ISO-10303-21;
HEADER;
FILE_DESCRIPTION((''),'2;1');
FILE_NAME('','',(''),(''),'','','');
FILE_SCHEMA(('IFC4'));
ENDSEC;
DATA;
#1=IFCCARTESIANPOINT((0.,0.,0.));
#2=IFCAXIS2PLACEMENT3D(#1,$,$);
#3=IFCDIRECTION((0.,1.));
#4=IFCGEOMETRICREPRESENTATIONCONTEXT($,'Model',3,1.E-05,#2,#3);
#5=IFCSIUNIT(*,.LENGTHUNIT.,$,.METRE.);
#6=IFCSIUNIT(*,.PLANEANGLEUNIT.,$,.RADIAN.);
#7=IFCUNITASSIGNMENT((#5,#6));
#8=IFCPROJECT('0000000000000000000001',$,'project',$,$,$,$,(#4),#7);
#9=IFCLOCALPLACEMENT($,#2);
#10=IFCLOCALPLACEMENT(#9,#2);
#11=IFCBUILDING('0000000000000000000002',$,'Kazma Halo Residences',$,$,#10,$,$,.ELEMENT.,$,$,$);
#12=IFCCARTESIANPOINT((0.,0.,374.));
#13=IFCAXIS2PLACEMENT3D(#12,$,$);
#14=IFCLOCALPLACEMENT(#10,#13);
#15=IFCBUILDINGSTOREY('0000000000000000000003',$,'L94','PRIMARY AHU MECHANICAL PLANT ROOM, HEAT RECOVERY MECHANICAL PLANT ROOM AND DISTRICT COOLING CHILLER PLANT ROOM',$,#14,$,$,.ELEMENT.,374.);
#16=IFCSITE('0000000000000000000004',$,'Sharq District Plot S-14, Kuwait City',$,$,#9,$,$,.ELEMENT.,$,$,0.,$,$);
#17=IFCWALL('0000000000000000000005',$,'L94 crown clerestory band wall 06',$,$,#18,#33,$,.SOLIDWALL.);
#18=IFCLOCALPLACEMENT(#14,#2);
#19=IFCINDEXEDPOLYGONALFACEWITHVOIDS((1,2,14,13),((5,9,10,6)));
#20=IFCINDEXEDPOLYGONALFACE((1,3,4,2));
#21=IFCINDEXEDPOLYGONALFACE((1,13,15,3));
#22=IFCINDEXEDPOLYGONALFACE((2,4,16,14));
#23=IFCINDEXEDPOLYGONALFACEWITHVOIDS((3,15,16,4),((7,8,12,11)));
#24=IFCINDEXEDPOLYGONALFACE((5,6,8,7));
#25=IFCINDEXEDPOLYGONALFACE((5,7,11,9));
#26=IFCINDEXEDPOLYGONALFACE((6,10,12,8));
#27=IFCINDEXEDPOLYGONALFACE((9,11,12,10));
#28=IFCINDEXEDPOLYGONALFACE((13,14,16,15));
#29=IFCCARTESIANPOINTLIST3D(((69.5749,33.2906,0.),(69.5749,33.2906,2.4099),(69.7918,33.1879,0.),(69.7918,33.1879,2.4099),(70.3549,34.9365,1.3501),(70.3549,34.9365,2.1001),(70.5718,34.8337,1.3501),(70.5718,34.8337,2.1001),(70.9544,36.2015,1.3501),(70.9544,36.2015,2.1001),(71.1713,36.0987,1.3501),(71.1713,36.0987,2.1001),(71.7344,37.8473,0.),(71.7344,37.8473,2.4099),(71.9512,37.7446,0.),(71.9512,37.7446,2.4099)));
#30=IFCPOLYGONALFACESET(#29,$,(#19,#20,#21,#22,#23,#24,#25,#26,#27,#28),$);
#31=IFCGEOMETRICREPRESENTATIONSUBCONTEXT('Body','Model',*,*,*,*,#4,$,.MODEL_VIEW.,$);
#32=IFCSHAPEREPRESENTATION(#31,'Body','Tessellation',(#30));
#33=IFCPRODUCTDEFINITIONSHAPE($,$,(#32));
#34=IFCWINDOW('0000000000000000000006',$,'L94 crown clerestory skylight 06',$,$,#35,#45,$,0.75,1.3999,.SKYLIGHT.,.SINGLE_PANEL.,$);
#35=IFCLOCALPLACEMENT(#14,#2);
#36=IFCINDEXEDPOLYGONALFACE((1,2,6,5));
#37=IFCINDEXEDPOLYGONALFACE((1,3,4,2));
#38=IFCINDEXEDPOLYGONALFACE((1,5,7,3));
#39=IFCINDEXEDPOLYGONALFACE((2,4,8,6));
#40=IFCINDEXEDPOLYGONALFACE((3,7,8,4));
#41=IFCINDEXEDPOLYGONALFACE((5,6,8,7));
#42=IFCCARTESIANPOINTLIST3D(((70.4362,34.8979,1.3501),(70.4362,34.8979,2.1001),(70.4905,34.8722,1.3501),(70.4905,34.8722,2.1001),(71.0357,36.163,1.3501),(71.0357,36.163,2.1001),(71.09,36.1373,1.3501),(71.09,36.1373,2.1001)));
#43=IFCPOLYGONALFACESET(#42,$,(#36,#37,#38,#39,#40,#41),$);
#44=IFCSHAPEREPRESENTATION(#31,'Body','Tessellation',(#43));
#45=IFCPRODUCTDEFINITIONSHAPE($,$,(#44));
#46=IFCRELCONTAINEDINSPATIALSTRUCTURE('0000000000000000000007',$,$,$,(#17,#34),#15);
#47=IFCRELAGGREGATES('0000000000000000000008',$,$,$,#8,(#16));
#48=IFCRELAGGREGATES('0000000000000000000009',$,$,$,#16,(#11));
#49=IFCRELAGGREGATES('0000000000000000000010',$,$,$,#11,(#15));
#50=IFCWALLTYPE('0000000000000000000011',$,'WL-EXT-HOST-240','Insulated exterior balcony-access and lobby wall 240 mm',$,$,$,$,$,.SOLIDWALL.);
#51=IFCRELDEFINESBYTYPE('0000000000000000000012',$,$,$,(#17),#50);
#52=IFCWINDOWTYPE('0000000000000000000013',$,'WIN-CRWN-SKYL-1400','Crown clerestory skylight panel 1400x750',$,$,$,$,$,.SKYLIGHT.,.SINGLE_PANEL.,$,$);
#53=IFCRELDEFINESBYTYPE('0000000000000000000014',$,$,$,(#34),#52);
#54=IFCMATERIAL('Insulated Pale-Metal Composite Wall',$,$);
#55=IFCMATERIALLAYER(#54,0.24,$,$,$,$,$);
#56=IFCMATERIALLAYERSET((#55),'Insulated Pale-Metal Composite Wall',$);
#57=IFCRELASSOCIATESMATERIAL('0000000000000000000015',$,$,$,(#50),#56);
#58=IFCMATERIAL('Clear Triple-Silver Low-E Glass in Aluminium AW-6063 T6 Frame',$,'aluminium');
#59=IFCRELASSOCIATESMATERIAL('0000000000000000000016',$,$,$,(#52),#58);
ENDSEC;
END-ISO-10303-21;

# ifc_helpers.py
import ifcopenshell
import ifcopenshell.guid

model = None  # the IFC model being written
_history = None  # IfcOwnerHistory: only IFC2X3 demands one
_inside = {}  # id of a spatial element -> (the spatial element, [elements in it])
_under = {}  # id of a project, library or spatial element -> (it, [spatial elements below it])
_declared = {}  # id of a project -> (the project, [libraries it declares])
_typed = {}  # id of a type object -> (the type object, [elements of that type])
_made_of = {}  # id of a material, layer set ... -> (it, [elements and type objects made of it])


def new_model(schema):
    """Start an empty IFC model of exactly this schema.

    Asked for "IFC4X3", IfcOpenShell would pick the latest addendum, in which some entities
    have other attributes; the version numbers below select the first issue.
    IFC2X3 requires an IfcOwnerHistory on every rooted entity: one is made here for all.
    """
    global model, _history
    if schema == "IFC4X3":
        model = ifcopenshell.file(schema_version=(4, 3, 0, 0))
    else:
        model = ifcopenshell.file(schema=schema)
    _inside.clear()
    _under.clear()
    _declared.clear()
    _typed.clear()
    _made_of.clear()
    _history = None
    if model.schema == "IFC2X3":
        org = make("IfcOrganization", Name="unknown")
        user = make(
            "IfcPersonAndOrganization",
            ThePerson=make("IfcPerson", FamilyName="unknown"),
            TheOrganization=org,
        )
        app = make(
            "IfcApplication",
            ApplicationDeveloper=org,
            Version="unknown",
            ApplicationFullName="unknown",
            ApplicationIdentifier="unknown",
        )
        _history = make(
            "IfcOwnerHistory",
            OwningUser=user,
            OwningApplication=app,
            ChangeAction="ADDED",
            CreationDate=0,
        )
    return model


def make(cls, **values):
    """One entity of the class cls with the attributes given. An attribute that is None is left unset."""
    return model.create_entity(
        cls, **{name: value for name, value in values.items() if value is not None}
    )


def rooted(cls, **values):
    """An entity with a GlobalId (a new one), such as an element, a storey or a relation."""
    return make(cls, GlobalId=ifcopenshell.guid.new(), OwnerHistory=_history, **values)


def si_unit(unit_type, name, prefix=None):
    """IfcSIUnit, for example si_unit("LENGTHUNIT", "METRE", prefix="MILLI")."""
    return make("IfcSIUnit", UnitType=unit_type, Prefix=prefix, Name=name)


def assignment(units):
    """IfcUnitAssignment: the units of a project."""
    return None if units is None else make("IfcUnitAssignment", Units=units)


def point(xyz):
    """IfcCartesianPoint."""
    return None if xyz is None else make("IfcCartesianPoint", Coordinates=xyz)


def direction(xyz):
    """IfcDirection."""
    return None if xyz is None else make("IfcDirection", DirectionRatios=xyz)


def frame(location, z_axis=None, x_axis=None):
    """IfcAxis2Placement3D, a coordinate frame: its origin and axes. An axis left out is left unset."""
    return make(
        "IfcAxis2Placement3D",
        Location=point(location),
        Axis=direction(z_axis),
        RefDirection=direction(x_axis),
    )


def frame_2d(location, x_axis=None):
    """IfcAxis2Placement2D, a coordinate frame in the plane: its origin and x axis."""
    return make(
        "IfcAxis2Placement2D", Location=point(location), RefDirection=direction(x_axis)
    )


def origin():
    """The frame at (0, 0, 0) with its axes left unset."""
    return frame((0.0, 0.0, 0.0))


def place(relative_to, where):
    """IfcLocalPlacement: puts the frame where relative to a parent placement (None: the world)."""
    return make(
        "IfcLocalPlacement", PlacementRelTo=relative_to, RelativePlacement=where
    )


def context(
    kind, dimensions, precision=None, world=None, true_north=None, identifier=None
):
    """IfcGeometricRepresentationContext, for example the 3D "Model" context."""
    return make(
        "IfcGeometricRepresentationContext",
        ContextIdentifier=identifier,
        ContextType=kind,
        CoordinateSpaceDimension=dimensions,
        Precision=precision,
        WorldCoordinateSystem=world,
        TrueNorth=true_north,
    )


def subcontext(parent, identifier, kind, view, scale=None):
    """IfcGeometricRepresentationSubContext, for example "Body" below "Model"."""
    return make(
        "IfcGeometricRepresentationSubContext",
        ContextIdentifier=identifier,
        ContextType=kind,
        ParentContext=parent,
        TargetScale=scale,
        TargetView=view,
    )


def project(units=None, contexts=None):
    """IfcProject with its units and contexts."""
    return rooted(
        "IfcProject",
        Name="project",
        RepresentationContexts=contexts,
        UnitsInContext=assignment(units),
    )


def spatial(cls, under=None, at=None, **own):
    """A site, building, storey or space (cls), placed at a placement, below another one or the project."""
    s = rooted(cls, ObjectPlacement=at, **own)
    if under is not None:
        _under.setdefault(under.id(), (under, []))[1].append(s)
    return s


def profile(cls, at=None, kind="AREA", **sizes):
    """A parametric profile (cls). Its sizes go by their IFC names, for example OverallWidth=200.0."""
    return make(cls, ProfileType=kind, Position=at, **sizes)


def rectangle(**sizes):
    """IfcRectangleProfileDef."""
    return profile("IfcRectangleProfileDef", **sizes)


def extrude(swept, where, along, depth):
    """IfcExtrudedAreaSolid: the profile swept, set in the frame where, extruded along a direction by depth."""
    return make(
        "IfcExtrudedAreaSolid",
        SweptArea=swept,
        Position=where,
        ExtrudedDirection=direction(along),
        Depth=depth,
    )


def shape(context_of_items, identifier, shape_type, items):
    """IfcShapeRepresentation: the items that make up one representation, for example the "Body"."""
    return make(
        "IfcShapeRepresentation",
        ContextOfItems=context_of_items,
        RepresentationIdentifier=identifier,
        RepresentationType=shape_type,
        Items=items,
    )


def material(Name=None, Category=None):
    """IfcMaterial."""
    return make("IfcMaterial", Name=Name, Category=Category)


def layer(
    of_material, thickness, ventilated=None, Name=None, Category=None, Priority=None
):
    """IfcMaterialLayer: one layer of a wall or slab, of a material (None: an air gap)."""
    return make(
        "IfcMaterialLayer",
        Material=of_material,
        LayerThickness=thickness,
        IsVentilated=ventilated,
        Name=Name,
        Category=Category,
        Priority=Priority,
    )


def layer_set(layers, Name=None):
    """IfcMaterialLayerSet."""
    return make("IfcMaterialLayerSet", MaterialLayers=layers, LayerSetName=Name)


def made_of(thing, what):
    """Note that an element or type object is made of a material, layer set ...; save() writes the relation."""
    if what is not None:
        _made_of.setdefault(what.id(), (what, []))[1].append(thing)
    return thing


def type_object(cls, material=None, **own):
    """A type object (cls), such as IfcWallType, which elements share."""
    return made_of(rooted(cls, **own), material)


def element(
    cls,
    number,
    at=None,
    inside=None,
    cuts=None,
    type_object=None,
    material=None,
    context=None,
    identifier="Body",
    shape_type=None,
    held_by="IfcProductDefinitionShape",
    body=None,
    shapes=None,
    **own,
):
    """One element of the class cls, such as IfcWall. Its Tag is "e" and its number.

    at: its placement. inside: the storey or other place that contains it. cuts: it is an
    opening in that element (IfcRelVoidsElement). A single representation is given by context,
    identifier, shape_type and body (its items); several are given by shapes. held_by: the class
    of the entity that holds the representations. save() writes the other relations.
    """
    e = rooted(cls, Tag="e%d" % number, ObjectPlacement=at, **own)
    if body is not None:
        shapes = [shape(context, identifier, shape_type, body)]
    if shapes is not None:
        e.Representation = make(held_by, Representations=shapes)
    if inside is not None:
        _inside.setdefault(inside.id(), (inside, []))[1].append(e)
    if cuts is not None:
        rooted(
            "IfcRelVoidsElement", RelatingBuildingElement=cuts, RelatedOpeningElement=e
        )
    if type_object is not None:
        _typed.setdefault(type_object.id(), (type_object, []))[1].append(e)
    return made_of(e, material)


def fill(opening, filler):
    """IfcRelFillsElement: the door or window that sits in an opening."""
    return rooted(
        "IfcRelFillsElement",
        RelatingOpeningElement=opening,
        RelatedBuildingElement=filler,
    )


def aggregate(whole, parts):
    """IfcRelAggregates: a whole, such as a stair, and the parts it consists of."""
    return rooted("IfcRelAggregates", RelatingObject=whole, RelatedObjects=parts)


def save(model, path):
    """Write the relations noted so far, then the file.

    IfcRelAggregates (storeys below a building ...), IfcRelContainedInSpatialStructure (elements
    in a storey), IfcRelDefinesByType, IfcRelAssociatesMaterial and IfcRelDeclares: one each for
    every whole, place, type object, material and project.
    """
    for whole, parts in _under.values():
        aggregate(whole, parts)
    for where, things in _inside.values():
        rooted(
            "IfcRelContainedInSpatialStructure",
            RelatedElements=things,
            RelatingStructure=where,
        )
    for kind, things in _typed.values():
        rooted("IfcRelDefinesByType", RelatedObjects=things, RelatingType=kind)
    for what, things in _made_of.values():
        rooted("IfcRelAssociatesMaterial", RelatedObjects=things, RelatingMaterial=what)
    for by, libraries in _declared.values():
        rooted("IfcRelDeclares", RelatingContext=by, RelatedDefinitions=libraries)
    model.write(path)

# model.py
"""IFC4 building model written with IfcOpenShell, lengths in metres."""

from ifc_helpers import new_model, si_unit, direction, frame, frame_2d, origin, place, context, subcontext, project, spatial, rectangle, extrude, material, layer, layer_set, type_object, element, fill, save


model = new_model("IFC4")

# Units and contexts
model_context = context("Model", 3, precision=1e-05, world=origin(), true_north=direction((0.0, 1.0)))
body_context = subcontext(model_context, "Body", "Model", "MODEL_VIEW")
ifc_project = project(units=[si_unit("LENGTHUNIT", "METRE"), si_unit("PLANEANGLEUNIT", "RADIAN")], contexts=[model_context])

# Site, building, storey
site_placement = place(None, origin())
site = spatial("IfcSite", under=ifc_project, at=site_placement, Name="Sharq District Plot S-14, Kuwait City", CompositionType="ELEMENT", RefElevation=0.0)
building_placement = place(site_placement, origin())
building = spatial("IfcBuilding", under=site, at=building_placement, Name="Kazma Halo Residences", CompositionType="ELEMENT")
storey_placement = place(building_placement, frame((0.0, 0.0, 374.0)))
storey = spatial("IfcBuildingStorey", under=building, at=storey_placement, Name="L94", Description="PRIMARY AHU MECHANICAL PLANT ROOM, HEAT RECOVERY MECHANICAL PLANT ROOM AND DISTRICT COOLING CHILLER PLANT ROOM", CompositionType="ELEMENT", Elevation=374.0)

# Wall, opening, window
ifc_material_1 = material(Name="Insulated Pale-Metal Composite Wall")
ifc_layer_1 = layer(ifc_material_1, 0.24)
ifc_layer_set_1 = layer_set([ifc_layer_1], Name="Insulated Pale-Metal Composite Wall")
wall_type_1 = type_object("IfcWallType", Name="WL-EXT-HOST-240", Description="Insulated exterior balcony-access and lobby wall 240 mm", PredefinedType="SOLIDWALL", material=ifc_layer_set_1)
wall_1_placement = place(storey_placement, frame((69.6833, 33.2393, 0.0), z_axis=(0.0, 0.0, 1.0), x_axis=(0.428251, 0.90366, 0.0)))
wall_1 = element("IfcWall", 1, at=wall_1_placement, inside=storey, type_object=wall_type_1, Name="L94 crown clerestory band wall 06", PredefinedType="SOLIDWALL", context=body_context, shape_type="SweptSolid", body=[
    extrude(rectangle(XDim=5.0425, YDim=0.24, at=frame_2d((2.5212, 0.0))), origin(), (0.0, 0.0, 1.0), 2.4099),
])
opening_1_placement = place(wall_1_placement, frame((1.8213, 0.0, 1.3501)))
opening_1 = element("IfcOpeningElement", 2, at=opening_1_placement, cuts=wall_1, PredefinedType="OPENING", context=body_context, shape_type="SweptSolid", body=[
    extrude(rectangle(XDim=1.3999, YDim=0.75, at=frame_2d((0.7, 0.375))), frame((0.0, 0.1299, 0.0), z_axis=(0.0, -1.0, 0.0), x_axis=(1.0, 0.0, 0.0)), (0.0, 0.0, 1.0), 0.26),
])
ifc_material_2 = material(Name="Clear Triple-Silver Low-E Glass in Aluminium AW-6063 T6 Frame", Category="aluminium")
window_type = type_object("IfcWindowType", Name="WIN-CRWN-SKYL-1400", Description="Crown clerestory skylight panel 1400x750", PartitioningType="SINGLE_PANEL", PredefinedType="SKYLIGHT", material=ifc_material_2)
window_placement = place(opening_1_placement, origin())
window = element("IfcWindow", 3, at=window_placement, inside=storey, type_object=window_type, Name="L94 crown clerestory skylight 06", OverallHeight=0.75, OverallWidth=1.3999, PartitioningType="SINGLE_PANEL", PredefinedType="SKYLIGHT", context=body_context, shape_type="SweptSolid", body=[
    extrude(rectangle(XDim=1.3999, YDim=0.75, at=frame_2d((0.7, 0.375))), frame((0.0, 0.03, 0.0), z_axis=(0.0, -1.0, 0.0), x_axis=(1.0, 0.0, 0.0)), (0.0, 0.0, 1.0), 0.0601),
])
fill(opening_1, window)

save(model, "model.ifc")
